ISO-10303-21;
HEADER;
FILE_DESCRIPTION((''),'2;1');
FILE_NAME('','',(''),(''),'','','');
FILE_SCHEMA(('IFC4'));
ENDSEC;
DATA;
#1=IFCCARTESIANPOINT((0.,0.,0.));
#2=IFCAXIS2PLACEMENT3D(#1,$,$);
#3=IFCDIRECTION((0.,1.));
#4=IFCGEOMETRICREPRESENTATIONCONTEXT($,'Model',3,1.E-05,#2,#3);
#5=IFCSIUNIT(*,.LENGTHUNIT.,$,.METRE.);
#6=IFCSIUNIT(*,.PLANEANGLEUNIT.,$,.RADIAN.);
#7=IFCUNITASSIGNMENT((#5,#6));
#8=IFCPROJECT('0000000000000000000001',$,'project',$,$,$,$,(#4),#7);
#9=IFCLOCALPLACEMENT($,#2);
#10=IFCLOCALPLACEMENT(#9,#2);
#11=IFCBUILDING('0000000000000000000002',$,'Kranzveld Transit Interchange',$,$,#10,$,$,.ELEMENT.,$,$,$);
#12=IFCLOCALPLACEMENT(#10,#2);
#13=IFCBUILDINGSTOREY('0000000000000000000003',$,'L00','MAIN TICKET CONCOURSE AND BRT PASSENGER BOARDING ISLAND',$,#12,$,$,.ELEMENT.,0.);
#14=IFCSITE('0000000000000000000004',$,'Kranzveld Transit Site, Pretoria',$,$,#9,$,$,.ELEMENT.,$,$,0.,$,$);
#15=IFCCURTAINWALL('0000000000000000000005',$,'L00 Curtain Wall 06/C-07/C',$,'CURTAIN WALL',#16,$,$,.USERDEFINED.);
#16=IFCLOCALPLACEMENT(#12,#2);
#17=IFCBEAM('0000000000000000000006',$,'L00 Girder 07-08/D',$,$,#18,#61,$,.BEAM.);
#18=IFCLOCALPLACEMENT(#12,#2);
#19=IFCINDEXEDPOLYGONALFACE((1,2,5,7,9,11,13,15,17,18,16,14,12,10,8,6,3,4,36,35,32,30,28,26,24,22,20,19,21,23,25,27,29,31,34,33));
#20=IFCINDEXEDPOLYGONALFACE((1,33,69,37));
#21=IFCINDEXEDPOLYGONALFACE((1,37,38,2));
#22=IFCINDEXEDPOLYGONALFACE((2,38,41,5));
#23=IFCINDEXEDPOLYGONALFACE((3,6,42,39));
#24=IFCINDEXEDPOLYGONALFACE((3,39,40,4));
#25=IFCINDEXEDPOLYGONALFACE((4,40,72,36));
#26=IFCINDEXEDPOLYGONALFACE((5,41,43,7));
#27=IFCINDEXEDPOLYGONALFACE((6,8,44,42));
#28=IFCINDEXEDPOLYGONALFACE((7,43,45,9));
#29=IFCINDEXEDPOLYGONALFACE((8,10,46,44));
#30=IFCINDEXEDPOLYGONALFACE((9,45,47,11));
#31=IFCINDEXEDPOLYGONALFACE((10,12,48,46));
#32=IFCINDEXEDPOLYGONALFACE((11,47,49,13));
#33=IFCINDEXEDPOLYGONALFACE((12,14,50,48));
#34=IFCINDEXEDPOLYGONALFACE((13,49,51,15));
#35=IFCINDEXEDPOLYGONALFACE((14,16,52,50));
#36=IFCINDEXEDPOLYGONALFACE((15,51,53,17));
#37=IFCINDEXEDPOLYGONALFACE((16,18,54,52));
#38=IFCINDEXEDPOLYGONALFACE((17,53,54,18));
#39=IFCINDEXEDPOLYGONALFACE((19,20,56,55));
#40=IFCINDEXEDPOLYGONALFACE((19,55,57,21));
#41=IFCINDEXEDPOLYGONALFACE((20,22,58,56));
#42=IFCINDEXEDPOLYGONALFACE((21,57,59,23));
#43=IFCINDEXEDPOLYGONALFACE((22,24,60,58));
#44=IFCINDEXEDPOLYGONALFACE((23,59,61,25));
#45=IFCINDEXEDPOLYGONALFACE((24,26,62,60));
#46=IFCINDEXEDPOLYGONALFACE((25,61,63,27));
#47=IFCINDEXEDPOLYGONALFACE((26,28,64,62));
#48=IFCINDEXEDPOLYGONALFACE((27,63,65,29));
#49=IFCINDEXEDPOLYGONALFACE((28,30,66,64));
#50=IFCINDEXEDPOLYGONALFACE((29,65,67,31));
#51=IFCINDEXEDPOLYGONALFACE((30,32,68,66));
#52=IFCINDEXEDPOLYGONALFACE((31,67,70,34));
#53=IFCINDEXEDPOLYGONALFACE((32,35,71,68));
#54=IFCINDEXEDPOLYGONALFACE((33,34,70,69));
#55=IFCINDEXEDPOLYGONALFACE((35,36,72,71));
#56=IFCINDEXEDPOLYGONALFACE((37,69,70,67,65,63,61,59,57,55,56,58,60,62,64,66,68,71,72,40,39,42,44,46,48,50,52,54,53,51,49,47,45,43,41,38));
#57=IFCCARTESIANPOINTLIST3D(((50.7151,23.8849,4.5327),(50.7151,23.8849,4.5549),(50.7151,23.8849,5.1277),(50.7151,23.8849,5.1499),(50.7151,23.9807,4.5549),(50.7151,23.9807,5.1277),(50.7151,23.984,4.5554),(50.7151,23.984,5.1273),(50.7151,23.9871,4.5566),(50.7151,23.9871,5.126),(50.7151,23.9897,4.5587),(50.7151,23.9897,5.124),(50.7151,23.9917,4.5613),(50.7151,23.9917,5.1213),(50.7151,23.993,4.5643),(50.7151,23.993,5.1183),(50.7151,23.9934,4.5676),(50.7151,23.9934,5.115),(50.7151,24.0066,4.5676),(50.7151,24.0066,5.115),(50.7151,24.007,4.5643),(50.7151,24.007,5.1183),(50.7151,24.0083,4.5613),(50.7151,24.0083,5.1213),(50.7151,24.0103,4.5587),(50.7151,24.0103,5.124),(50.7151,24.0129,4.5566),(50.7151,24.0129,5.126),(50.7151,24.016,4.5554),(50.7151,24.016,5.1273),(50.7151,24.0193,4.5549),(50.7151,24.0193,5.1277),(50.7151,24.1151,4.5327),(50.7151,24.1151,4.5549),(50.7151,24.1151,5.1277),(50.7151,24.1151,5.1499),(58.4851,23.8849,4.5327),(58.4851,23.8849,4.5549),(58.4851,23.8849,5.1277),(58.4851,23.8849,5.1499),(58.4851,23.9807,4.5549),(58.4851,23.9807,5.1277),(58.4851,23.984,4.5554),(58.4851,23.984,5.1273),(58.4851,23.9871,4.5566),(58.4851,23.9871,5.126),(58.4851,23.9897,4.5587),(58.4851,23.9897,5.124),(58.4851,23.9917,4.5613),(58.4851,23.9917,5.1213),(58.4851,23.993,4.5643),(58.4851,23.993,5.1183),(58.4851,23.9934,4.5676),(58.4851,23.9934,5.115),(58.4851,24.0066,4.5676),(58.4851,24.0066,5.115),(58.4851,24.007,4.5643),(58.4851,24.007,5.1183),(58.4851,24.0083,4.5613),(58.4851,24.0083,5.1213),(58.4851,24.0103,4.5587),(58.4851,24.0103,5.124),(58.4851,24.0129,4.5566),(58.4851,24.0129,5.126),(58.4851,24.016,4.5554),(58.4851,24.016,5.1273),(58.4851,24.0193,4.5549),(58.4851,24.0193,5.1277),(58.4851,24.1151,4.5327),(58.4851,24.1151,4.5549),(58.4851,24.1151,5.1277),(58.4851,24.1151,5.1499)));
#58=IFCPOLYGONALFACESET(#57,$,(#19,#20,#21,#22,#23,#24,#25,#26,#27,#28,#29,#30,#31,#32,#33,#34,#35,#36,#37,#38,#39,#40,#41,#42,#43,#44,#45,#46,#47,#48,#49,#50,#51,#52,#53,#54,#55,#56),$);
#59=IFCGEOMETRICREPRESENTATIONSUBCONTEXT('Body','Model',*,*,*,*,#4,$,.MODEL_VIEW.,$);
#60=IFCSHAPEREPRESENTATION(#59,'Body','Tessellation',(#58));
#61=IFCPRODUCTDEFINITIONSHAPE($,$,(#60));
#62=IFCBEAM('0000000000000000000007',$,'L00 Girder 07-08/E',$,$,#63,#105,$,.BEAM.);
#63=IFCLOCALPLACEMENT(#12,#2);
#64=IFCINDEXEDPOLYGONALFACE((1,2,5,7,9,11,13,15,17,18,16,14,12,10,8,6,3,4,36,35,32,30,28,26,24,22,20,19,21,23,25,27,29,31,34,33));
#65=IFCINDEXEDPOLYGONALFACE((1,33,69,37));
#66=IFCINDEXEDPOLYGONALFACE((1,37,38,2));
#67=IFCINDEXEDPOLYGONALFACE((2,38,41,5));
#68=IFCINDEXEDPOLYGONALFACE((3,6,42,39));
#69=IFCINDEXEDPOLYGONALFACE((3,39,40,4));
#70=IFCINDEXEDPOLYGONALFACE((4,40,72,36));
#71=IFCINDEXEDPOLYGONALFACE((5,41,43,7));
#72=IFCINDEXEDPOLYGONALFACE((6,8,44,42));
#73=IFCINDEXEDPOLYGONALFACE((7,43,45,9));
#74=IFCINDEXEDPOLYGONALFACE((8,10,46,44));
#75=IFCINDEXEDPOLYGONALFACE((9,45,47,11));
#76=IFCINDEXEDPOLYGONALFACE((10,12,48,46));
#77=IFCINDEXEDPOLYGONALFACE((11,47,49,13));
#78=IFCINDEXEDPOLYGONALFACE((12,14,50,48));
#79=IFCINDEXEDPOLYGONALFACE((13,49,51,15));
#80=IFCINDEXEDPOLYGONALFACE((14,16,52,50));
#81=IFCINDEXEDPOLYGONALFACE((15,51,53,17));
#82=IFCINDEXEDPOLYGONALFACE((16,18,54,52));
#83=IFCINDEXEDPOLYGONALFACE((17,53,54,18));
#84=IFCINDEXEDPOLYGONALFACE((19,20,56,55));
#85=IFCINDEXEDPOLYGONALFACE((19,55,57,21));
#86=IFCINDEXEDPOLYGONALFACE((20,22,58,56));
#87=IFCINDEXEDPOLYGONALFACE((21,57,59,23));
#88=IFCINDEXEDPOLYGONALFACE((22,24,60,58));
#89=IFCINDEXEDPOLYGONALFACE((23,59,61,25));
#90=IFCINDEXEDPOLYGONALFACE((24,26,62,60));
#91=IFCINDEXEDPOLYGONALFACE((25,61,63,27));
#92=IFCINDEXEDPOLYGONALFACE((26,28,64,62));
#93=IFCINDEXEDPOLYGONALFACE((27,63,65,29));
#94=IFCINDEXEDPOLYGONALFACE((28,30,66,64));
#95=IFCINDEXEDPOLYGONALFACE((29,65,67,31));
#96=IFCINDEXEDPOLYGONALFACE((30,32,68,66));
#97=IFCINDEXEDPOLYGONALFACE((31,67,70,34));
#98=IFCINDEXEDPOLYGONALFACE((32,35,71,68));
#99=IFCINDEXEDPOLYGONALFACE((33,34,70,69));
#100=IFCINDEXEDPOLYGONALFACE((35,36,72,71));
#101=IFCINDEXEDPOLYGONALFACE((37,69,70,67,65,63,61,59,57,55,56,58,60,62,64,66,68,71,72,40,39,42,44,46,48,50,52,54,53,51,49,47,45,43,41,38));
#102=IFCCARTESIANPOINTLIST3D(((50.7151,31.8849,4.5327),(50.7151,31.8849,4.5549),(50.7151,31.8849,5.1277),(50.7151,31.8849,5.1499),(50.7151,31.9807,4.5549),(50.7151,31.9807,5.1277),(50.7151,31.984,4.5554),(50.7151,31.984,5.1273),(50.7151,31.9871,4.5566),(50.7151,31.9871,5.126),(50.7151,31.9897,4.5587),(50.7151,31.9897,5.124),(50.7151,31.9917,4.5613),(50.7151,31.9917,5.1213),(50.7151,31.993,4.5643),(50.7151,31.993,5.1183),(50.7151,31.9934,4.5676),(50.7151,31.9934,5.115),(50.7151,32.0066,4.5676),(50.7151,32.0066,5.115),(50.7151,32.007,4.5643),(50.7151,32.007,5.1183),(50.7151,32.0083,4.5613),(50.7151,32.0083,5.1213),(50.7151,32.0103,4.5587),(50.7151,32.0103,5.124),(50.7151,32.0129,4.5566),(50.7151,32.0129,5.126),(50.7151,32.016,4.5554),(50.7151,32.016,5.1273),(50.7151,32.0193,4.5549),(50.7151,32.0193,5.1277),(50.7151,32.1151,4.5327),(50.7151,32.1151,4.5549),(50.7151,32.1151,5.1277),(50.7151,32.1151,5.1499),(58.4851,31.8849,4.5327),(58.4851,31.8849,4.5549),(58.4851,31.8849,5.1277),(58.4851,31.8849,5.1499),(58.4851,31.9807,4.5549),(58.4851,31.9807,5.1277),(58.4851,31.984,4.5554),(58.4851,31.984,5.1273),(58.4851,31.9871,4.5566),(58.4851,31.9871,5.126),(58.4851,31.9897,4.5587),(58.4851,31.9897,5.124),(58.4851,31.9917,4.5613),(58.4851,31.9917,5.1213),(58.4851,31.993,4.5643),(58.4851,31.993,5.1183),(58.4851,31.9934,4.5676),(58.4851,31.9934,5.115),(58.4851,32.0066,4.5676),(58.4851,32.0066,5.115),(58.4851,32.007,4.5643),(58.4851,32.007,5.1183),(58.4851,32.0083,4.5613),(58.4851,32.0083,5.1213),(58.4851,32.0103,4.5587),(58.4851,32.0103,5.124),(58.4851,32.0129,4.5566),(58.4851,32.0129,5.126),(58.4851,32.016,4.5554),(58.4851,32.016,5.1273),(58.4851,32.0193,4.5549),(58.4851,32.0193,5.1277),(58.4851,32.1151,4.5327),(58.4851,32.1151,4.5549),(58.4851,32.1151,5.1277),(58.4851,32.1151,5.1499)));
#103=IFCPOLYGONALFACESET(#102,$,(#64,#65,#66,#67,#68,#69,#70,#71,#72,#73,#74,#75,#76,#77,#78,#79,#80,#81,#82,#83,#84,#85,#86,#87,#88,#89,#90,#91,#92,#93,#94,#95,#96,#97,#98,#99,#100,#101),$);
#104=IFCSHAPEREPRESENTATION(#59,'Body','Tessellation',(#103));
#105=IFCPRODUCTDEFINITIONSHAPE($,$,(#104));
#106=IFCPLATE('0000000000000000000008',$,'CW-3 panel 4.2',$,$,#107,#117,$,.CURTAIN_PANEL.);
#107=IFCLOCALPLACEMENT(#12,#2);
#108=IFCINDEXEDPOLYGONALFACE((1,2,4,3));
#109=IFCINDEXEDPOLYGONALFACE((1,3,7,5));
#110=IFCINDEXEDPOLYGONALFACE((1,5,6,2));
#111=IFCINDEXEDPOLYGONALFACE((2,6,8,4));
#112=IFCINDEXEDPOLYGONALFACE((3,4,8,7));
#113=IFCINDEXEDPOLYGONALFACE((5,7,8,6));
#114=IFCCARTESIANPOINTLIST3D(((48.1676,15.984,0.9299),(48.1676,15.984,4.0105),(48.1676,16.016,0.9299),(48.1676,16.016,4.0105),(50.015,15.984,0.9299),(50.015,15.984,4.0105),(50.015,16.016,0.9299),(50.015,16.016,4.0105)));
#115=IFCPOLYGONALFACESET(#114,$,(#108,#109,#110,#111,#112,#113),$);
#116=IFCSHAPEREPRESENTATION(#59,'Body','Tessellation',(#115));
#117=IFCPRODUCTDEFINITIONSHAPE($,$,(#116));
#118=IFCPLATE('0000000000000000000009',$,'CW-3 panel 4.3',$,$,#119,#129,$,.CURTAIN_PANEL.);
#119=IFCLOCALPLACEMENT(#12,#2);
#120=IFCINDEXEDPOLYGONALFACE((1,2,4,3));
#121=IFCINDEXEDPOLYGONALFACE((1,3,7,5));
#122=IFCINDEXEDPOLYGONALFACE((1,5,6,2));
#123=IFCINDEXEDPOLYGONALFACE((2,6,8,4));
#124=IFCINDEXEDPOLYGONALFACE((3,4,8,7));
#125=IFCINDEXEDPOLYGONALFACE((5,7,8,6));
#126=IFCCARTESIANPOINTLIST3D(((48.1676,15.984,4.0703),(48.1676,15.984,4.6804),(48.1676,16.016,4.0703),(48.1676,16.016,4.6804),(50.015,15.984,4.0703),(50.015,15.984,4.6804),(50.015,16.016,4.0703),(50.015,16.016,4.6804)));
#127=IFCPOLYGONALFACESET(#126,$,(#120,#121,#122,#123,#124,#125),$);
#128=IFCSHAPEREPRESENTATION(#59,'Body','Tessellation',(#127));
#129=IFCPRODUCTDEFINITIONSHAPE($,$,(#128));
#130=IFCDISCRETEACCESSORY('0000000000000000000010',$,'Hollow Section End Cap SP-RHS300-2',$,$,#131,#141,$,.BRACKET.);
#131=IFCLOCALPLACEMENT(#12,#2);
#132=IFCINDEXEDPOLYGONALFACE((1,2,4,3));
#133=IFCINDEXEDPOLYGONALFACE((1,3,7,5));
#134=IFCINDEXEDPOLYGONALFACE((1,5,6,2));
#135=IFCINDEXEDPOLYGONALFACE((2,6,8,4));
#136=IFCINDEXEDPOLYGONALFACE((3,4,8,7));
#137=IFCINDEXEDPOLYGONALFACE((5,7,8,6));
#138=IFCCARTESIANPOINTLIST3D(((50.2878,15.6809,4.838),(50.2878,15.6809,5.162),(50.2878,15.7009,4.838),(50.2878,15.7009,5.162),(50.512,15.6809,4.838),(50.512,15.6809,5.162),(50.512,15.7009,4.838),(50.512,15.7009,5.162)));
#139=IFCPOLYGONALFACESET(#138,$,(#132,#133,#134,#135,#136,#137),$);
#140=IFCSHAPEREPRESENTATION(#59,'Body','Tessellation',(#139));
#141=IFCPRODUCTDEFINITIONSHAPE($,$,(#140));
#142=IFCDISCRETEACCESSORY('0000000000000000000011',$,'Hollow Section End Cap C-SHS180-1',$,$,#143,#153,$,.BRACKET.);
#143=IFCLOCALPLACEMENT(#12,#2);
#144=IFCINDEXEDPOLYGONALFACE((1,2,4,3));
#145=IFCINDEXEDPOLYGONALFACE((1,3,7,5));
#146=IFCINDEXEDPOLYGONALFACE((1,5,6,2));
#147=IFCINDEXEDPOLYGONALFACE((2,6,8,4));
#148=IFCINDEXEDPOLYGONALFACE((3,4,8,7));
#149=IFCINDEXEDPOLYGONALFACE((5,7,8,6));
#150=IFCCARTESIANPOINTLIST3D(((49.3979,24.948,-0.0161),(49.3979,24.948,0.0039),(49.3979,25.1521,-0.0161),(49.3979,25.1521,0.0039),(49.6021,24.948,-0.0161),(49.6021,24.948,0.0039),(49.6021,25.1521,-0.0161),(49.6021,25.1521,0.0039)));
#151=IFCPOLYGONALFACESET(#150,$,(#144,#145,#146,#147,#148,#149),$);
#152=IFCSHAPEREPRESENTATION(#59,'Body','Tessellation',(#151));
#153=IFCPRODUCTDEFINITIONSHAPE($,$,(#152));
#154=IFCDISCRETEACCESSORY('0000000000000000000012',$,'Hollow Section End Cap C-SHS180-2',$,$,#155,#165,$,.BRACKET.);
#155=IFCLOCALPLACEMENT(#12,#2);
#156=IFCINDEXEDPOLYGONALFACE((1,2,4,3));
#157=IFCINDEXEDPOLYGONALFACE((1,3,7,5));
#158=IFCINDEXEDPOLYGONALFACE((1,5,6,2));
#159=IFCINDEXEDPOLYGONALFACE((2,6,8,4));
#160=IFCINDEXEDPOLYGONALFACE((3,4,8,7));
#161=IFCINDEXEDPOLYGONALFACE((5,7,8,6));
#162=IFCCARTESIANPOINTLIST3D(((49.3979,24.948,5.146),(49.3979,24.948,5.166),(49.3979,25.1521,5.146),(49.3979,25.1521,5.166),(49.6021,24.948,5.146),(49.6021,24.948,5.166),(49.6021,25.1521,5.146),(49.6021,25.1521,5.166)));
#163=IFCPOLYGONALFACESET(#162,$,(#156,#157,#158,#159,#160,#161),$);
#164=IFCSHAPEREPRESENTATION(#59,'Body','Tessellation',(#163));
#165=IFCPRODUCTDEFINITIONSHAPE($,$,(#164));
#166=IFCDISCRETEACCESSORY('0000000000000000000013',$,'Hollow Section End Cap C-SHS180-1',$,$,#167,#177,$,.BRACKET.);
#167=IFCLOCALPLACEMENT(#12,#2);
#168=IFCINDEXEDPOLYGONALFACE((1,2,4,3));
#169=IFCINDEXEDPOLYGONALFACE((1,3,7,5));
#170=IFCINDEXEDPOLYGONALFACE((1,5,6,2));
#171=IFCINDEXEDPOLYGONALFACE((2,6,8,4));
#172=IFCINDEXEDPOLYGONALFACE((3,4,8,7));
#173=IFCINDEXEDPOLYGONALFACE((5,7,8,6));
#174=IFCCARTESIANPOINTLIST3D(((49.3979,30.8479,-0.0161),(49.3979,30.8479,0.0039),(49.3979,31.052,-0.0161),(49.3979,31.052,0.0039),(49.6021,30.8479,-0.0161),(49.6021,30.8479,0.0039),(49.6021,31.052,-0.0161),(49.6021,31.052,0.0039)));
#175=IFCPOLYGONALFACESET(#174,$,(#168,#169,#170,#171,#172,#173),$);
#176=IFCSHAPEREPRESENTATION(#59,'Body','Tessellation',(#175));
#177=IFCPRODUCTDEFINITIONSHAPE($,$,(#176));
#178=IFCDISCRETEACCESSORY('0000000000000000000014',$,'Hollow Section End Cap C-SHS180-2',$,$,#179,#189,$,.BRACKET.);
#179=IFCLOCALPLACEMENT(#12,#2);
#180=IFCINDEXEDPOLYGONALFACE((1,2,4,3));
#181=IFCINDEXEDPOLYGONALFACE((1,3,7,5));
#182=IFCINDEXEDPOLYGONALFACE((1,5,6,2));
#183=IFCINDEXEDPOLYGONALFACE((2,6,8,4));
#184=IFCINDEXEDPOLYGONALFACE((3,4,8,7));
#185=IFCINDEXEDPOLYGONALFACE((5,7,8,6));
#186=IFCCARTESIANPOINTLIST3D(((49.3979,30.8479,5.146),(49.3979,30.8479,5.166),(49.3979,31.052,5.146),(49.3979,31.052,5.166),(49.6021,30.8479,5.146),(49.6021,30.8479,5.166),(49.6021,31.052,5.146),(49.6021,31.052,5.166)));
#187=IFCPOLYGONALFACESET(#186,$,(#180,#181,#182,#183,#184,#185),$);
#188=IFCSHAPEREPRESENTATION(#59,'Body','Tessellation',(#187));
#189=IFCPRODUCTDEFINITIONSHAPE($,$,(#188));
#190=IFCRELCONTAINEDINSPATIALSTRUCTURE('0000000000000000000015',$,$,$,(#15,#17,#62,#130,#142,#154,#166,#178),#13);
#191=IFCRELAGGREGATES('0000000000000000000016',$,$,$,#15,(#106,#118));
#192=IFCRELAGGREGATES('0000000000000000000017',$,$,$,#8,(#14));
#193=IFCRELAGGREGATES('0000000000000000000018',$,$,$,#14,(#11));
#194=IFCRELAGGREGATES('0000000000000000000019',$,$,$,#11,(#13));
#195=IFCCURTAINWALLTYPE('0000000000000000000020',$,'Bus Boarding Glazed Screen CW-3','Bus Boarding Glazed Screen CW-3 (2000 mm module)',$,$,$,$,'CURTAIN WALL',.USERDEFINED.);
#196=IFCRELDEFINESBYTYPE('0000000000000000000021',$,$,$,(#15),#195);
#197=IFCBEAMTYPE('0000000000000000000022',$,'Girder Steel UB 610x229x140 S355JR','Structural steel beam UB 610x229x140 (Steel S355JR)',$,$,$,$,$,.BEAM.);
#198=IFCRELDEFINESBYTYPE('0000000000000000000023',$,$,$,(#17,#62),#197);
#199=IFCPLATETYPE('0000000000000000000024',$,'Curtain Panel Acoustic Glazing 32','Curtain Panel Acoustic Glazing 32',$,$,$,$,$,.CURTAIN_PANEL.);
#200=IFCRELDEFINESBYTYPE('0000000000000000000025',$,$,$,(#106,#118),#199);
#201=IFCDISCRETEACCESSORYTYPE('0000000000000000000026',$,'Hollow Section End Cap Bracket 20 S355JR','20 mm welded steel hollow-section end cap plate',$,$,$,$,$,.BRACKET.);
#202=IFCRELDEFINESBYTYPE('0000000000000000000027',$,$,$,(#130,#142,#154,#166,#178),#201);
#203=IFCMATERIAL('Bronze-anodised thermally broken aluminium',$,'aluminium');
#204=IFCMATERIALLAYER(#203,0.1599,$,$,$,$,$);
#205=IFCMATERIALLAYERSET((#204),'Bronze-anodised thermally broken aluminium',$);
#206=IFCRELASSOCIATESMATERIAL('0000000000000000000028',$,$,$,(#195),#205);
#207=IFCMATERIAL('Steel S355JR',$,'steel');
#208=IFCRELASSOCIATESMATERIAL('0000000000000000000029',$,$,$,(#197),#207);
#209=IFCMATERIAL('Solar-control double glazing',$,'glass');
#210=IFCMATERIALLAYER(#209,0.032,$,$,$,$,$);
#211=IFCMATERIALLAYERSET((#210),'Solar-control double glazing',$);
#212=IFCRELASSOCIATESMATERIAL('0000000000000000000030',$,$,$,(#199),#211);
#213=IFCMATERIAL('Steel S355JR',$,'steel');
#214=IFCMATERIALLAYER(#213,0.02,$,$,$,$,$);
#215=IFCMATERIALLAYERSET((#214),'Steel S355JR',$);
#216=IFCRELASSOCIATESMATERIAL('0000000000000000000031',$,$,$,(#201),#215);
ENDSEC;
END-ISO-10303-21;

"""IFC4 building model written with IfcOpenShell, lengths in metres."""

from ifc_helpers import new_model, si_unit, direction, frame, origin, origin_2d, place, context, subcontext, project, spatial, rectangle, i_section, extrude, material, layer, layer_set, material_profile, profile_set, type_object, element, aggregate, save


model = new_model("IFC4")

# Units and contexts
model_context = context("Model", 3, precision=1e-05, world=origin(), true_north=direction((0.0, 1.0)))
body_context = subcontext(model_context, "Body", "Model", "MODEL_VIEW")
ifc_project = project(units=[si_unit("LENGTHUNIT", "METRE"), si_unit("PLANEANGLEUNIT", "RADIAN")], contexts=[model_context])

# Site, building, storey
site_placement = place(None, origin())
site = spatial("IfcSite", under=ifc_project, at=site_placement, Name="Kranzveld Transit Site, Pretoria", CompositionType="ELEMENT", RefElevation=0.0)
building_placement = place(site_placement, origin())
building = spatial("IfcBuilding", under=site, at=building_placement, Name="Kranzveld Transit Interchange", CompositionType="ELEMENT")
storey_placement = place(building_placement, origin())
storey = spatial("IfcBuildingStorey", under=building, at=storey_placement, Name="L00", Description="MAIN TICKET CONCOURSE AND BRT PASSENGER BOARDING ISLAND", CompositionType="ELEMENT", Elevation=0.0)

# Curtain wall
ifc_material_1 = material(Name="Bronze-anodised thermally broken aluminium", Category="aluminium")
ifc_layer_1 = layer(ifc_material_1, 0.1599)
ifc_layer_set_1 = layer_set([ifc_layer_1], Name="Bronze-anodised thermally broken aluminium")
curtain_wall_type = type_object("IfcCurtainWallType", Name="Bus Boarding Glazed Screen CW-3", Description="Bus Boarding Glazed Screen CW-3 (2000 mm module)", ElementType="CURTAIN WALL", PredefinedType="USERDEFINED", material=ifc_layer_set_1)
curtain_wall_placement = place(storey_placement, origin())
curtain_wall = element("IfcCurtainWall", 1, at=curtain_wall_placement, inside=storey, type_object=curtain_wall_type, Name="L00 Curtain Wall 06/C-07/C", ObjectType="CURTAIN WALL", PredefinedType="USERDEFINED")

# Beams
ifc_material_2 = material(Name="Steel S355JR", Category="steel")
ifc_material_profile_1 = material_profile(ifc_material_2, i_section(OverallWidth=0.2302, OverallDepth=0.6172, WebThickness=0.0132, FlangeThickness=0.0222, FilletRadius=0.0127, at=origin_2d()), Name="UB 610x229x140")
ifc_profile_set_1 = profile_set([ifc_material_profile_1], Name="Steel S355JR")
beam_type_1 = type_object("IfcBeamType", Name="Girder Steel UB 610x229x140 S355JR", Description="Structural steel beam UB 610x229x140 (Steel S355JR)", PredefinedType="BEAM", material=ifc_profile_set_1)
for number, where, z_axis, x_axis, name in (
    (2, (50.7151, 24.0, 4.8413), (1.0, 0.0, 0.0), (0.0, 1.0, 0.0), "L00 Girder 07-08/D"),
    (3, (50.7151, 32.0, 4.8413), (1.0, 0.0, 0.0), (0.0, 1.0, 0.0), "L00 Girder 07-08/E"),
):
    element("IfcBeam", number, at=place(storey_placement, frame(where, z_axis=z_axis, x_axis=x_axis)), inside=storey, type_object=beam_type_1, Name=name, PredefinedType="BEAM", context=body_context, shape_type="SweptSolid", body=[
        extrude(i_section(OverallWidth=0.2302, OverallDepth=0.6172, WebThickness=0.0132, FlangeThickness=0.0222, FilletRadius=0.0127, at=origin_2d()), origin(), (0.0, 0.0, 1.0), 7.77),
    ])

# Plates
ifc_material_3 = material(Name="Solar-control double glazing", Category="glass")
ifc_layer_2 = layer(ifc_material_3, 0.032)
ifc_layer_set_2 = layer_set([ifc_layer_2], Name="Solar-control double glazing")
plate_type = type_object("IfcPlateType", Name="Curtain Panel Acoustic Glazing 32", Description="Curtain Panel Acoustic Glazing 32", PredefinedType="CURTAIN_PANEL", material=ifc_layer_set_2)
plate_1_placement = place(storey_placement, frame((49.0913, 16.0, 0.9299), z_axis=(0.0, 0.0, 1.0), x_axis=(1.0, 0.0, 0.0)))
plate_1 = element("IfcPlate", 4, at=plate_1_placement, type_object=plate_type, Name="CW-3 panel 4.2", PredefinedType="CURTAIN_PANEL", context=body_context, shape_type="SweptSolid", body=[
    extrude(rectangle(XDim=1.8474, YDim=0.032, at=origin_2d()), origin(), (0.0, 0.0, 1.0), 3.0806),
])
plate_2_placement = place(storey_placement, frame((49.0913, 16.0, 4.0703), z_axis=(0.0, 0.0, 1.0), x_axis=(1.0, 0.0, 0.0)))
plate_2 = element("IfcPlate", 5, at=plate_2_placement, type_object=plate_type, Name="CW-3 panel 4.3", PredefinedType="CURTAIN_PANEL", context=body_context, shape_type="SweptSolid", body=[
    extrude(rectangle(XDim=1.8474, YDim=0.032, at=origin_2d()), origin(), (0.0, 0.0, 1.0), 0.6101),
])
aggregate(curtain_wall, [plate_1, plate_2])

# Discrete accessories
ifc_material_4 = material(Name="Steel S355JR", Category="steel")
ifc_layer_3 = layer(ifc_material_4, 0.02)
ifc_layer_set_3 = layer_set([ifc_layer_3], Name="Steel S355JR")
discrete_accessory_type = type_object("IfcDiscreteAccessoryType", Name="Hollow Section End Cap Bracket 20 S355JR", Description="20 mm welded steel hollow-section end cap plate", PredefinedType="BRACKET", material=ifc_layer_set_3)
discrete_accessory_placement = place(storey_placement, frame((50.3999, 15.6809, 5.0), z_axis=(0.0, 1.0, 0.0), x_axis=(-1.0, 0.0, 0.0)))
element("IfcDiscreteAccessory", 6, at=discrete_accessory_placement, inside=storey, type_object=discrete_accessory_type, Name="Hollow Section End Cap SP-RHS300-2", PredefinedType="BRACKET", context=body_context, shape_type="SweptSolid", body=[
    extrude(rectangle(XDim=0.2241, YDim=0.324, at=origin_2d()), origin(), (0.0, 0.0, 1.0), 0.02),
])
for number, where, z_axis, x_axis, name in (
    (7, (49.5, 25.05, 0.0039), (0.0, 0.0, -1.0), (1.0, 0.0, 0.0), "Hollow Section End Cap C-SHS180-1"),
    (8, (49.5, 25.05, 5.146), (0.0, 0.0, 1.0), (1.0, 0.0, 0.0), "Hollow Section End Cap C-SHS180-2"),
    (9, (49.5, 30.95, 0.0039), (0.0, 0.0, -1.0), (1.0, 0.0, 0.0), "Hollow Section End Cap C-SHS180-1"),
    (10, (49.5, 30.95, 5.146), (0.0, 0.0, 1.0), (1.0, 0.0, 0.0), "Hollow Section End Cap C-SHS180-2"),
):
    element("IfcDiscreteAccessory", number, at=place(storey_placement, frame(where, z_axis=z_axis, x_axis=x_axis)), inside=storey, type_object=discrete_accessory_type, Name=name, PredefinedType="BRACKET", context=body_context, shape_type="SweptSolid", body=[
        extrude(rectangle(XDim=0.2041, YDim=0.2041, at=origin_2d()), origin(), (0.0, 0.0, 1.0), 0.02),
    ])

save(model, "model.ifc")
